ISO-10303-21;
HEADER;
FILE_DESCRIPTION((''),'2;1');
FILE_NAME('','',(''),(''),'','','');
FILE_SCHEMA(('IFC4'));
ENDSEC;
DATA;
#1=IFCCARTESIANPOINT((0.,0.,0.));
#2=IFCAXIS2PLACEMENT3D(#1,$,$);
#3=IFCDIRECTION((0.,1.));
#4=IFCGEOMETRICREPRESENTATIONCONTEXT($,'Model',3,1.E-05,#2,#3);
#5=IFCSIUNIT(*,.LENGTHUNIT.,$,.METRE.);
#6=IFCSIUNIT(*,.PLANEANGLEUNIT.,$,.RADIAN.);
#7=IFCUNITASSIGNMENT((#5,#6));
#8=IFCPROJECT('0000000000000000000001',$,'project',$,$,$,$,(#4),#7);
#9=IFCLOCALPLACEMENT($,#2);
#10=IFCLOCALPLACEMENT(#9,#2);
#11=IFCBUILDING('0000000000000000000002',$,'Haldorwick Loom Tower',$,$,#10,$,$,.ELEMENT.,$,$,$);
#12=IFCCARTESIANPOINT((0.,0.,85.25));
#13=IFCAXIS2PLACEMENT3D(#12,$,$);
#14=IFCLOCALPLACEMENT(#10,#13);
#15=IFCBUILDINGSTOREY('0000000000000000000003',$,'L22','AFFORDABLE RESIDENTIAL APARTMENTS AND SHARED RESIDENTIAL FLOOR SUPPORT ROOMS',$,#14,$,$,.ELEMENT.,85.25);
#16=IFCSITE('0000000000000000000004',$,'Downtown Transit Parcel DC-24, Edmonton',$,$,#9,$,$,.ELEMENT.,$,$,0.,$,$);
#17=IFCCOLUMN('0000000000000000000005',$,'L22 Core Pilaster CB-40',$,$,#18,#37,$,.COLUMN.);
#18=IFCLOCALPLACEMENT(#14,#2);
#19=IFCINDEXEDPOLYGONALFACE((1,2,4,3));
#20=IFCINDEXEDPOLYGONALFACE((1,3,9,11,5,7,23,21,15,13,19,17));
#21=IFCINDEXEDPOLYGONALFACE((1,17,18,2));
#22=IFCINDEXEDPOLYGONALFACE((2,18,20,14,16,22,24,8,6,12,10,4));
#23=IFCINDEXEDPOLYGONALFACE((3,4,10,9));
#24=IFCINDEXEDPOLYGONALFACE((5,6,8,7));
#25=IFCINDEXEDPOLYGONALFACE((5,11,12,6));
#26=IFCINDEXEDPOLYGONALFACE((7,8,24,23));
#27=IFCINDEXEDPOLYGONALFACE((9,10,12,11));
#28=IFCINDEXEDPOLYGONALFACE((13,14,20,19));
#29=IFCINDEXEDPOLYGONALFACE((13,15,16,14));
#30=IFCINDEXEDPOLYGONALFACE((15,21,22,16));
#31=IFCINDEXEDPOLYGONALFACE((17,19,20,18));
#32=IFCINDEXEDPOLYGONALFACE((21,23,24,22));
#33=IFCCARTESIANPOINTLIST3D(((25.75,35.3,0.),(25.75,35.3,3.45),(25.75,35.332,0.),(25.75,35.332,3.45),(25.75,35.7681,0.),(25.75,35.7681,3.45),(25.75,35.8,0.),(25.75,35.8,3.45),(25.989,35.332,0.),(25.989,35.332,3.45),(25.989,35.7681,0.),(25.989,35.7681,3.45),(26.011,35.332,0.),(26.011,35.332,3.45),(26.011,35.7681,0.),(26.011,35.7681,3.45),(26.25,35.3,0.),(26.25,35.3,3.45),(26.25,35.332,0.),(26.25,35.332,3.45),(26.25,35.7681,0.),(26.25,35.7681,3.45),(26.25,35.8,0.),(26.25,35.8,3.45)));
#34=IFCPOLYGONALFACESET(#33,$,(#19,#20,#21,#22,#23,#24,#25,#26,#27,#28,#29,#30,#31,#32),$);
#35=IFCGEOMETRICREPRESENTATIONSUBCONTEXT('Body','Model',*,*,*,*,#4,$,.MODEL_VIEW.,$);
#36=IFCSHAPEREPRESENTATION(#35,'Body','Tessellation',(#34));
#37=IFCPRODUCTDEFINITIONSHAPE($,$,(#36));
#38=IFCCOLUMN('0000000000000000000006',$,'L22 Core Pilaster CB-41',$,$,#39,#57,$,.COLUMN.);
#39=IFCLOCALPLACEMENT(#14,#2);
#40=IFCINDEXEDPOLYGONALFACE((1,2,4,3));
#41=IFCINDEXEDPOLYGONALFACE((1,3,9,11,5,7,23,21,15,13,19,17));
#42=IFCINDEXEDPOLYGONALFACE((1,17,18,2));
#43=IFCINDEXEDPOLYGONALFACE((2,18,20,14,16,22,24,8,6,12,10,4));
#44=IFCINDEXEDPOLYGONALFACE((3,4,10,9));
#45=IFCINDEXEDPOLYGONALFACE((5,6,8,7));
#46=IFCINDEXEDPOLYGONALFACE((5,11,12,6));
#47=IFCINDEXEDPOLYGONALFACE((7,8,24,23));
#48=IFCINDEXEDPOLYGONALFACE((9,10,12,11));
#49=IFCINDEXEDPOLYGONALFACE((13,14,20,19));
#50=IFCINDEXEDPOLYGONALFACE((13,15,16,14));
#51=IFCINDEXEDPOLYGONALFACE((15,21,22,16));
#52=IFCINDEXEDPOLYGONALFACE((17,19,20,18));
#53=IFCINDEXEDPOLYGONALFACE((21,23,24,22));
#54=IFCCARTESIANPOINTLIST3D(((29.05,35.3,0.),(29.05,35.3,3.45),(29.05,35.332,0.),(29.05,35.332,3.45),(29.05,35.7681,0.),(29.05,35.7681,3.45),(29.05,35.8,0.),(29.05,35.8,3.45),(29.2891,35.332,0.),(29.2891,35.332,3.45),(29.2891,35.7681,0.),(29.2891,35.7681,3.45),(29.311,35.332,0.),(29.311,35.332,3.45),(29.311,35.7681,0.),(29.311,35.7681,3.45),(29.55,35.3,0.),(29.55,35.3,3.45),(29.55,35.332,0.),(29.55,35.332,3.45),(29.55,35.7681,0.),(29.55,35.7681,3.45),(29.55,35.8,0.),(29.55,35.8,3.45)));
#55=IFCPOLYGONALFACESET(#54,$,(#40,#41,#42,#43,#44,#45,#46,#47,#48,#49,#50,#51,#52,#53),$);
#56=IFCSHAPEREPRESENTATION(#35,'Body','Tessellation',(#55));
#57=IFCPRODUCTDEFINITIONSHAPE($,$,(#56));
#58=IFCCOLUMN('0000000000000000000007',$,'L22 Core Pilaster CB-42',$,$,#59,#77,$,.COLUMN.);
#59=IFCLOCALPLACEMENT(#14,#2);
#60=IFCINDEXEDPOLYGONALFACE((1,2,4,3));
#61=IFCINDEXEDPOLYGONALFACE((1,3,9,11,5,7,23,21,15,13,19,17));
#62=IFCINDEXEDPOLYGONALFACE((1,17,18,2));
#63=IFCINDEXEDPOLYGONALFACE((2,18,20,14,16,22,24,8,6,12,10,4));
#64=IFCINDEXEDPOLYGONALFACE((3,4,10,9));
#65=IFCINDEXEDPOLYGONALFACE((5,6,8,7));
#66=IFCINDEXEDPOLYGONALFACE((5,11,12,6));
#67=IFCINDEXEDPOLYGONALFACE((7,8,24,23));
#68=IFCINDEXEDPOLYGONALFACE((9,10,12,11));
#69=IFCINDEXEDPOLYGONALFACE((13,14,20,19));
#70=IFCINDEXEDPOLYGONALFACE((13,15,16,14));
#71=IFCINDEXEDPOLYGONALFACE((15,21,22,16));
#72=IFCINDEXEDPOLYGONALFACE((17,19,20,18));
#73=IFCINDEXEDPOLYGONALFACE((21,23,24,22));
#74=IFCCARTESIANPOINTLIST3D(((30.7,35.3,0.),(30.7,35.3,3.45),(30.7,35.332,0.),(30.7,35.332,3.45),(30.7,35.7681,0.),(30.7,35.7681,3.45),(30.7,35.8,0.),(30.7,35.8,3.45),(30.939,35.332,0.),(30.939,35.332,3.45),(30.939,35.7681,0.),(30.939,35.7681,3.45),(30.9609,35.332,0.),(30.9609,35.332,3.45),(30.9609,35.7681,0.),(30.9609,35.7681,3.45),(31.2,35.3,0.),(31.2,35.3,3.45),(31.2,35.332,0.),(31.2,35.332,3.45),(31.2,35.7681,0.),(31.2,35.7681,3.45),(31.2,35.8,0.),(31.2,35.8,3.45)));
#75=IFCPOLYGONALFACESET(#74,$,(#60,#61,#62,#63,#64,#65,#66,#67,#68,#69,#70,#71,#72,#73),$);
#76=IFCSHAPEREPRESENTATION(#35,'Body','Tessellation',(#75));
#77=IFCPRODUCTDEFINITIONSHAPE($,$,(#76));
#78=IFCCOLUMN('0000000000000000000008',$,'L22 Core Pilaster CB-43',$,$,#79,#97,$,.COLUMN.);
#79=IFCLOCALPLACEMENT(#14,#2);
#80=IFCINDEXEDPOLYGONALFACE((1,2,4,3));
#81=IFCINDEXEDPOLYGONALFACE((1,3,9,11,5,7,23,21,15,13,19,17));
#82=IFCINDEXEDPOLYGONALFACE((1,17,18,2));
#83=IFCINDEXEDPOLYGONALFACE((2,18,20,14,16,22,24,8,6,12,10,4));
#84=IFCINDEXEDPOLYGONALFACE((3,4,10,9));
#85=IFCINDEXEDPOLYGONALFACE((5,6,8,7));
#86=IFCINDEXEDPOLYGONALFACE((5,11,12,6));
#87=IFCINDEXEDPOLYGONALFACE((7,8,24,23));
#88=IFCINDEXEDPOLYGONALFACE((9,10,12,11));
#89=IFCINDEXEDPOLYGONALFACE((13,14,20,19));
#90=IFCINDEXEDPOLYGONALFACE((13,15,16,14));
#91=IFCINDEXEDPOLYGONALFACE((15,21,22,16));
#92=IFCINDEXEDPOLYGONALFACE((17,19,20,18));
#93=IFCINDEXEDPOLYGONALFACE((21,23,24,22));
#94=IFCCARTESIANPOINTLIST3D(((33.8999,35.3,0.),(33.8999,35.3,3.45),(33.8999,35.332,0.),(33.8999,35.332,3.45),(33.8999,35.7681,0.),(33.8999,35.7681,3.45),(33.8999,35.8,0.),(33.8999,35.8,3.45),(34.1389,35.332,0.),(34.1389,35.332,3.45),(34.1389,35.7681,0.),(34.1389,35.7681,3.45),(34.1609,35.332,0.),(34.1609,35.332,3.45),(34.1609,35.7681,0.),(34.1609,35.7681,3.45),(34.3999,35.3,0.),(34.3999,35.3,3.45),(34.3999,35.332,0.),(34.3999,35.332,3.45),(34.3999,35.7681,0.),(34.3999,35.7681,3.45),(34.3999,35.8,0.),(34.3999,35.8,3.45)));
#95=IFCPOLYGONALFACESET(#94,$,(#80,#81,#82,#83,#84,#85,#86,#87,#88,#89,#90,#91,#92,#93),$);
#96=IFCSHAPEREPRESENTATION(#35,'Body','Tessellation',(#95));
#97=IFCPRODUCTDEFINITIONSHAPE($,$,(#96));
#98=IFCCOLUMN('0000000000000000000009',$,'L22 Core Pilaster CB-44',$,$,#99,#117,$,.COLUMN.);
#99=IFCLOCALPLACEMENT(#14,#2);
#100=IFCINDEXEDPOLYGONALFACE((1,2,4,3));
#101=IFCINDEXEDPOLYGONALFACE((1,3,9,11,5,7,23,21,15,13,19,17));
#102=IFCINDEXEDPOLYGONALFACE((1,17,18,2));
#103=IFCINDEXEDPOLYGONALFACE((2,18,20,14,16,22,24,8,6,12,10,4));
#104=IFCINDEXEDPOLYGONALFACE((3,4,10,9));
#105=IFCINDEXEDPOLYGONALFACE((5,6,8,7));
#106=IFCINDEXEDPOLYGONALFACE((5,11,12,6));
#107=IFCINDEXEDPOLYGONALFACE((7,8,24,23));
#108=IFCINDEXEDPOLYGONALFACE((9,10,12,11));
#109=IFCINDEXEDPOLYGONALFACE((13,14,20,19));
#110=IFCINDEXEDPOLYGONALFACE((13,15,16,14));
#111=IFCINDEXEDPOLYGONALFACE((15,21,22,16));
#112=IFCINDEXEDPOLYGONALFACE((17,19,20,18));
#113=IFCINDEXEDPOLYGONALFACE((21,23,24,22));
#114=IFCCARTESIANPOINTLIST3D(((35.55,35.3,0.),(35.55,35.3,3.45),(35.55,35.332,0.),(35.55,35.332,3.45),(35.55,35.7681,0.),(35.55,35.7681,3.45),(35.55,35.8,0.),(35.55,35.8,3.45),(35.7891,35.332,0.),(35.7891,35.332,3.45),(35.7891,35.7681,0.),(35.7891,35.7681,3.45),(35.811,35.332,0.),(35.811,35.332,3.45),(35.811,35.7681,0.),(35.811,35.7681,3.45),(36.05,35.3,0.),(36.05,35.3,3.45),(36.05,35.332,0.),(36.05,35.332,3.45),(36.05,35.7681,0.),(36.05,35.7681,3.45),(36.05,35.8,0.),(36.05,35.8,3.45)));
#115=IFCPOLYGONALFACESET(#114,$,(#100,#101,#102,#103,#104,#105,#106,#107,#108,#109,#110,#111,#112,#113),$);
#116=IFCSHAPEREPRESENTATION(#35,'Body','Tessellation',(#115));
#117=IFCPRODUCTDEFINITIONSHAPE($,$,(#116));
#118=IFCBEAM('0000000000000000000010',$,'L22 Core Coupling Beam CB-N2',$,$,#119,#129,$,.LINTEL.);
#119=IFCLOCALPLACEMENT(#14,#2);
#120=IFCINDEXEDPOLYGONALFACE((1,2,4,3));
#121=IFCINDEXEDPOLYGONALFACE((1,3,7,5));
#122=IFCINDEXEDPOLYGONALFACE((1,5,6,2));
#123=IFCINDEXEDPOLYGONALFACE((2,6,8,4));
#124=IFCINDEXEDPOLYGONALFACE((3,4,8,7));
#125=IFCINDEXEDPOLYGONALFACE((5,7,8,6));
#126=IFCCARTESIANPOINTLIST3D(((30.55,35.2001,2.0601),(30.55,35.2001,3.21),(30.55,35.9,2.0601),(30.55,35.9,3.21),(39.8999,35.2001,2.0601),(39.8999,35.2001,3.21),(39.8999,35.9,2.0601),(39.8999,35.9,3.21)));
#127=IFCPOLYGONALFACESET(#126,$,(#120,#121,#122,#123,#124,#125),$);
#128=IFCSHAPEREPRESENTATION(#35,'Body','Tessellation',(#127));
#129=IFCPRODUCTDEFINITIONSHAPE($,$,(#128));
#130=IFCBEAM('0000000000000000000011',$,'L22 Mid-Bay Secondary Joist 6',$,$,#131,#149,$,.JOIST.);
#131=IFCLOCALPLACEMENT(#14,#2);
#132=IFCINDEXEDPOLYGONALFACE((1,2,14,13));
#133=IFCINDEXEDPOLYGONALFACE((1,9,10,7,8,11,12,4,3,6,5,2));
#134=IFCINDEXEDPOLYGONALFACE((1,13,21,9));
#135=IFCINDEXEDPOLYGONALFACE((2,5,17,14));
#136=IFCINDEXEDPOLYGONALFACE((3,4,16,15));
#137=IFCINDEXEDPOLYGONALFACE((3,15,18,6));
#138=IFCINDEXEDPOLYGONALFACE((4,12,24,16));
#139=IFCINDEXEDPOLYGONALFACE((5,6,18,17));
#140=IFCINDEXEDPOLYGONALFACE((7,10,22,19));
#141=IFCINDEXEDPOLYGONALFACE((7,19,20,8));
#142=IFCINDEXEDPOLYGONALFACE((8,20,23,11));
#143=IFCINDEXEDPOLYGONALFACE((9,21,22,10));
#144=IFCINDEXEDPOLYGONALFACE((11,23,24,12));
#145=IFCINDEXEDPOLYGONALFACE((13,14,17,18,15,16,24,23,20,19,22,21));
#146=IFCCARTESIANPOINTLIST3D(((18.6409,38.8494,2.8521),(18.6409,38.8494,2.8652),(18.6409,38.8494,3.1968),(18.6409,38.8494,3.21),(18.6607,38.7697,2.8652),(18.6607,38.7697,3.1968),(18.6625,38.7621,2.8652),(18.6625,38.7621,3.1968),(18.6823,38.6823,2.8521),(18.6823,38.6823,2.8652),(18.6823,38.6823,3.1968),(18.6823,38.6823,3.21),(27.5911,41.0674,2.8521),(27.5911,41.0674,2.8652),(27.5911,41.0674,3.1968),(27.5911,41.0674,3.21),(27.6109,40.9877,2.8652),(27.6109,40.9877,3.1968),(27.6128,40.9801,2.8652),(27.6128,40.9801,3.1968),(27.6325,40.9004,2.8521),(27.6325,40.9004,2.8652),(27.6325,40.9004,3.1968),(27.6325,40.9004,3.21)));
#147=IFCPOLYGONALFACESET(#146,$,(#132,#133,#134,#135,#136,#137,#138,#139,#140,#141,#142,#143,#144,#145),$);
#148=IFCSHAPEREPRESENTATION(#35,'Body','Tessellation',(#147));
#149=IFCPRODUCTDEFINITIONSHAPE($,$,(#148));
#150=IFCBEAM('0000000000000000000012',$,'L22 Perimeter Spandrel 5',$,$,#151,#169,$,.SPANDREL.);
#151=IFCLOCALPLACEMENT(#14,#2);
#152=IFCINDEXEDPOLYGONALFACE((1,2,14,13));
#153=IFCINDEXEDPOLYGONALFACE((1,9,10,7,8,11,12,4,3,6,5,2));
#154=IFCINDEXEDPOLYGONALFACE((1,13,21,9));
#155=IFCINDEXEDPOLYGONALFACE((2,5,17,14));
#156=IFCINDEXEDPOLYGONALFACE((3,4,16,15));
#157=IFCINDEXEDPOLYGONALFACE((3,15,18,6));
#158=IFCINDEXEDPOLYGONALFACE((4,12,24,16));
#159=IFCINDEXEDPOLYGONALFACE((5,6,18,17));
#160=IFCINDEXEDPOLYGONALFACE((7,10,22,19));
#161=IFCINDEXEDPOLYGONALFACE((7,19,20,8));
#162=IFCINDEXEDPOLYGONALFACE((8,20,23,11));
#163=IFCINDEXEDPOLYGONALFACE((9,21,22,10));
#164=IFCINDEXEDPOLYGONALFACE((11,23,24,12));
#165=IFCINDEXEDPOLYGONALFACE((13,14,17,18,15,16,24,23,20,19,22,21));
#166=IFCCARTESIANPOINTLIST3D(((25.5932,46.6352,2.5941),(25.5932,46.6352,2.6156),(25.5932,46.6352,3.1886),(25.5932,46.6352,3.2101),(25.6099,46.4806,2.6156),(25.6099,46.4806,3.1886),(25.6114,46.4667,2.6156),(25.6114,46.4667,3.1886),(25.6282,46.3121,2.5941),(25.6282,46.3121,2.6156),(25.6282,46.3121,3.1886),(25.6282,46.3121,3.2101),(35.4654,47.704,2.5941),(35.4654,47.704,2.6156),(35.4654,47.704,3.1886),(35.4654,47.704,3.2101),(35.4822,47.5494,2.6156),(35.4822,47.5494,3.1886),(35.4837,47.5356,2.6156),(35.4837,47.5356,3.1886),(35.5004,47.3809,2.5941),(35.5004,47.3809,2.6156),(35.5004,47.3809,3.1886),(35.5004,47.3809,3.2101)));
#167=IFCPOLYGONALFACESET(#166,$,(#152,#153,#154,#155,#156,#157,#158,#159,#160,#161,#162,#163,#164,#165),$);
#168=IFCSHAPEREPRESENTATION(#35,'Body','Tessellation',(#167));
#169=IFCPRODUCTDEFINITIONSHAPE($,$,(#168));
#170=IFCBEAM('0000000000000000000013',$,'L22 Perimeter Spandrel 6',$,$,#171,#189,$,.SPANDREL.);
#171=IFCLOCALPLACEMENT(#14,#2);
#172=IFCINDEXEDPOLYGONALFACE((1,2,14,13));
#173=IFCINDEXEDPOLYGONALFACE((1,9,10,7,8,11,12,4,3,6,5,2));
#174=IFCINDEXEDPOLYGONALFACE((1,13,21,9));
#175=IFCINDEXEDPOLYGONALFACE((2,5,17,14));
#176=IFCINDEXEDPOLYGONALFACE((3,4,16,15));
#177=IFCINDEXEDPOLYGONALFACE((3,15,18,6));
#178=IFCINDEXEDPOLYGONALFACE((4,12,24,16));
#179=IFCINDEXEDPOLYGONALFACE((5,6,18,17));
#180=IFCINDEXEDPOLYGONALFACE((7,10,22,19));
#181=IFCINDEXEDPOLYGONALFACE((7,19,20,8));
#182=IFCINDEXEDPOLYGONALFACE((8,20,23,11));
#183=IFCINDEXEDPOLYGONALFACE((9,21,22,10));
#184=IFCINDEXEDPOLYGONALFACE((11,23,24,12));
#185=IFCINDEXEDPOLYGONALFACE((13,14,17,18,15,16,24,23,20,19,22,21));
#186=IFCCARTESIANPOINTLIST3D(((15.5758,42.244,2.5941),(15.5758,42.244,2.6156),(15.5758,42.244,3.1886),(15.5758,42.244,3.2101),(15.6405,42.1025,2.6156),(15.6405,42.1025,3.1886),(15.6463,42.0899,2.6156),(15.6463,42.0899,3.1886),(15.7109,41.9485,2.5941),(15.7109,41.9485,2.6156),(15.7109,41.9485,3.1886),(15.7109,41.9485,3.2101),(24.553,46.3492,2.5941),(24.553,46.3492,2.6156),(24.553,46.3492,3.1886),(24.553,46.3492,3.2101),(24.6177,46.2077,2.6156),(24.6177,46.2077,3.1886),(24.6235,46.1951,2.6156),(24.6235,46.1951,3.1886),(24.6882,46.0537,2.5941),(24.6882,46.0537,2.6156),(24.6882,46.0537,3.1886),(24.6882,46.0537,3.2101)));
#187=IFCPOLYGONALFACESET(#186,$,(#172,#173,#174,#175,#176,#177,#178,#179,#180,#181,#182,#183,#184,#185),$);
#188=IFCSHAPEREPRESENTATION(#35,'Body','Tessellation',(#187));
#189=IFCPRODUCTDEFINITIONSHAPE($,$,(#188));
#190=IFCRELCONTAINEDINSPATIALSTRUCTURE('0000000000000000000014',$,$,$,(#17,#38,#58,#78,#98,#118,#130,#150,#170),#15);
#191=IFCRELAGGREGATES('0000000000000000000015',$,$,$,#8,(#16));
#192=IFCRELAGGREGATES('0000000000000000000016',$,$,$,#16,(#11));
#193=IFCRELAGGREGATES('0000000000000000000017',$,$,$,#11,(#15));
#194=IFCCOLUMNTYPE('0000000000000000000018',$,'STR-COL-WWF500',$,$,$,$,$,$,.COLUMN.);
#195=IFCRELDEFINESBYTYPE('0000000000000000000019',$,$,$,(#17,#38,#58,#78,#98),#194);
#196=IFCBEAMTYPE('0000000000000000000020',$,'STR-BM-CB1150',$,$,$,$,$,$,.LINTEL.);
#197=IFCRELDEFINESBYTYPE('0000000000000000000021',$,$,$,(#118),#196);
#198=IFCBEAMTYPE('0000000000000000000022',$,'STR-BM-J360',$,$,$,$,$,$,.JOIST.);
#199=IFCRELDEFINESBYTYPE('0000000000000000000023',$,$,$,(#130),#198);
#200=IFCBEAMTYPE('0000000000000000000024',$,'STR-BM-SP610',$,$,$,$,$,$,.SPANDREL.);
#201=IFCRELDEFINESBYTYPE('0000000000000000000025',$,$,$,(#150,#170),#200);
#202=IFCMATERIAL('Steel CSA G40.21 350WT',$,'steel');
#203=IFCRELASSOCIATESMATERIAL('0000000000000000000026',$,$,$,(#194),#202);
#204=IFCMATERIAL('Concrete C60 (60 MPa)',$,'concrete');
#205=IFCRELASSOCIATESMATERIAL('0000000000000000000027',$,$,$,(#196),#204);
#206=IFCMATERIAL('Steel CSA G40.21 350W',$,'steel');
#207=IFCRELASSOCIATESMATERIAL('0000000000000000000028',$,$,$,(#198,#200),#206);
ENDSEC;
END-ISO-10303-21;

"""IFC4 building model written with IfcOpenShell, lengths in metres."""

from ifc_helpers import new_model, si_unit, direction, frame, origin, origin_2d, place, context, subcontext, project, spatial, rectangle, i_section, extrude, material, material_profile, profile_set, type_object, element, save


model = new_model("IFC4")

# Units and contexts
model_context = context("Model", 3, precision=1e-05, world=origin(), true_north=direction((0.0, 1.0)))
body_context = subcontext(model_context, "Body", "Model", "MODEL_VIEW")
ifc_project = project(units=[si_unit("LENGTHUNIT", "METRE"), si_unit("PLANEANGLEUNIT", "RADIAN")], contexts=[model_context])

# Site, building, storey
site_placement = place(None, origin())
site = spatial("IfcSite", under=ifc_project, at=site_placement, Name="Downtown Transit Parcel DC-24, Edmonton", CompositionType="ELEMENT", RefElevation=0.0)
building_placement = place(site_placement, origin())
building = spatial("IfcBuilding", under=site, at=building_placement, Name="Haldorwick Loom Tower", CompositionType="ELEMENT")
storey_placement = place(building_placement, frame((0.0, 0.0, 85.25)))
storey = spatial("IfcBuildingStorey", under=building, at=storey_placement, Name="L22", Description="AFFORDABLE RESIDENTIAL APARTMENTS AND SHARED RESIDENTIAL FLOOR SUPPORT ROOMS", CompositionType="ELEMENT", Elevation=85.25)

# Columns
ifc_material_1 = material(Name="Concrete C60 (60 MPa)", Category="concrete")
ifc_material_2 = material(Name="Steel CSA G40.21 350WT", Category="steel")
ifc_material_profile_1 = material_profile(ifc_material_2, i_section(OverallWidth=0.5, OverallDepth=0.5, WebThickness=0.022, FlangeThickness=0.032, at=origin_2d()), Name="WWF500X500", Category="steel")
ifc_profile_set_1 = profile_set([ifc_material_profile_1], Name="Steel CSA G40.21 350WT")
column_type_1 = type_object("IfcColumnType", Name="STR-COL-WWF500", PredefinedType="COLUMN", material=ifc_profile_set_1)
for number, where, z_axis, x_axis, name in (
    (1, (26.0, 35.55, 0.0), (0.0, 0.0, 1.0), (1.0, 0.0, 0.0), "L22 Core Pilaster CB-40"),
    (2, (29.3, 35.55, 0.0), (0.0, 0.0, 1.0), (1.0, 0.0, 0.0), "L22 Core Pilaster CB-41"),
    (3, (30.95, 35.55, 0.0), (0.0, 0.0, 1.0), (1.0, 0.0, 0.0), "L22 Core Pilaster CB-42"),
    (4, (34.1499, 35.55, 0.0), (0.0, 0.0, 1.0), (1.0, 0.0, 0.0), "L22 Core Pilaster CB-43"),
    (5, (35.8, 35.55, 0.0), (0.0, 0.0, 1.0), (1.0, 0.0, 0.0), "L22 Core Pilaster CB-44"),
):
    element("IfcColumn", number, at=place(storey_placement, frame(where, z_axis=z_axis, x_axis=x_axis)), inside=storey, type_object=column_type_1, Name=name, PredefinedType="COLUMN", context=body_context, shape_type="SweptSolid", body=[
        extrude(i_section(OverallWidth=0.5, OverallDepth=0.5, WebThickness=0.022, FlangeThickness=0.032, at=origin_2d()), origin(), (0.0, 0.0, 1.0), 3.45),
    ])

# Beams
ifc_material_profile_2 = material_profile(ifc_material_1, rectangle(XDim=0.7, YDim=1.1499, at=origin_2d()), Name="RC700X1150", Category="concrete")
ifc_profile_set_2 = profile_set([ifc_material_profile_2], Name="Concrete C60 (60 MPa)")
beam_type_1 = type_object("IfcBeamType", Name="STR-BM-CB1150", PredefinedType="LINTEL", material=ifc_profile_set_2)
beam_1_placement = place(storey_placement, frame((30.55, 35.55, 2.635), z_axis=(1.0, 0.0, 0.0), x_axis=(0.0, 1.0, 0.0)))
element("IfcBeam", 6, at=beam_1_placement, inside=storey, type_object=beam_type_1, Name="L22 Core Coupling Beam CB-N2", PredefinedType="LINTEL", context=body_context, shape_type="SweptSolid", body=[
    extrude(rectangle(XDim=0.7, YDim=1.1499, at=origin_2d()), origin(), (0.0, 0.0, 1.0), 9.3499),
])
ifc_material_3 = material(Name="Steel CSA G40.21 350W", Category="steel")
ifc_material_profile_3 = material_profile(ifc_material_3, i_section(OverallWidth=0.1721, OverallDepth=0.3579, WebThickness=0.0078, FlangeThickness=0.0132, at=origin_2d()), Name="W360X57", Category="steel")
ifc_profile_set_3 = profile_set([ifc_material_profile_3], Name="Steel CSA G40.21 350W")
beam_type_2 = type_object("IfcBeamType", Name="STR-BM-J360", PredefinedType="JOIST", material=ifc_profile_set_3)
beam_2_placement = place(storey_placement, frame((27.6118, 40.9839, 3.031), z_axis=(-0.970639, -0.240542, 0.0), x_axis=(0.240542, -0.970639, 0.0)))
element("IfcBeam", 7, at=beam_2_placement, inside=storey, type_object=beam_type_2, Name="L22 Mid-Bay Secondary Joist 6", PredefinedType="JOIST", context=body_context, shape_type="SweptSolid", body=[
    extrude(i_section(OverallWidth=0.1721, OverallDepth=0.3579, WebThickness=0.0078, FlangeThickness=0.0132, at=origin_2d()), origin(), (0.0, 0.0, 1.0), 9.2209),
])
ifc_material_profile_4 = material_profile(ifc_material_3, i_section(OverallWidth=0.325, OverallDepth=0.616, WebThickness=0.0139, FlangeThickness=0.0215, at=origin_2d()), Name="W610X174", Category="steel")
ifc_profile_set_4 = profile_set([ifc_material_profile_4], Name="Steel CSA G40.21 350W")
beam_type_3 = type_object("IfcBeamType", Name="STR-BM-SP610", PredefinedType="SPANDREL", material=ifc_profile_set_4)
beam_3_placement = place(storey_placement, frame((35.4829, 47.5425, 2.9021), z_axis=(-0.99419, -0.107638, 0.0), x_axis=(0.107638, -0.99419, 0.0)))
element("IfcBeam", 8, at=beam_3_placement, inside=storey, type_object=beam_type_3, Name="L22 Perimeter Spandrel 5", PredefinedType="SPANDREL", context=body_context, shape_type="SweptSolid", body=[
    extrude(i_section(OverallWidth=0.325, OverallDepth=0.616, WebThickness=0.0139, FlangeThickness=0.0215, at=origin_2d()), origin(), (0.0, 0.0, 1.0), 9.9299),
])
beam_4_placement = place(storey_placement, frame((24.6206, 46.2014, 2.9021), z_axis=(-0.909424, -0.41587, 0.0), x_axis=(0.41587, -0.909424, 0.0)))
element("IfcBeam", 9, at=beam_4_placement, inside=storey, type_object=beam_type_3, Name="L22 Perimeter Spandrel 6", PredefinedType="SPANDREL", context=body_context, shape_type="SweptSolid", body=[
    extrude(i_section(OverallWidth=0.325, OverallDepth=0.616, WebThickness=0.0139, FlangeThickness=0.0215, at=origin_2d()), origin(), (0.0, 0.0, 1.0), 9.8713),
])

save(model, "model.ifc")
